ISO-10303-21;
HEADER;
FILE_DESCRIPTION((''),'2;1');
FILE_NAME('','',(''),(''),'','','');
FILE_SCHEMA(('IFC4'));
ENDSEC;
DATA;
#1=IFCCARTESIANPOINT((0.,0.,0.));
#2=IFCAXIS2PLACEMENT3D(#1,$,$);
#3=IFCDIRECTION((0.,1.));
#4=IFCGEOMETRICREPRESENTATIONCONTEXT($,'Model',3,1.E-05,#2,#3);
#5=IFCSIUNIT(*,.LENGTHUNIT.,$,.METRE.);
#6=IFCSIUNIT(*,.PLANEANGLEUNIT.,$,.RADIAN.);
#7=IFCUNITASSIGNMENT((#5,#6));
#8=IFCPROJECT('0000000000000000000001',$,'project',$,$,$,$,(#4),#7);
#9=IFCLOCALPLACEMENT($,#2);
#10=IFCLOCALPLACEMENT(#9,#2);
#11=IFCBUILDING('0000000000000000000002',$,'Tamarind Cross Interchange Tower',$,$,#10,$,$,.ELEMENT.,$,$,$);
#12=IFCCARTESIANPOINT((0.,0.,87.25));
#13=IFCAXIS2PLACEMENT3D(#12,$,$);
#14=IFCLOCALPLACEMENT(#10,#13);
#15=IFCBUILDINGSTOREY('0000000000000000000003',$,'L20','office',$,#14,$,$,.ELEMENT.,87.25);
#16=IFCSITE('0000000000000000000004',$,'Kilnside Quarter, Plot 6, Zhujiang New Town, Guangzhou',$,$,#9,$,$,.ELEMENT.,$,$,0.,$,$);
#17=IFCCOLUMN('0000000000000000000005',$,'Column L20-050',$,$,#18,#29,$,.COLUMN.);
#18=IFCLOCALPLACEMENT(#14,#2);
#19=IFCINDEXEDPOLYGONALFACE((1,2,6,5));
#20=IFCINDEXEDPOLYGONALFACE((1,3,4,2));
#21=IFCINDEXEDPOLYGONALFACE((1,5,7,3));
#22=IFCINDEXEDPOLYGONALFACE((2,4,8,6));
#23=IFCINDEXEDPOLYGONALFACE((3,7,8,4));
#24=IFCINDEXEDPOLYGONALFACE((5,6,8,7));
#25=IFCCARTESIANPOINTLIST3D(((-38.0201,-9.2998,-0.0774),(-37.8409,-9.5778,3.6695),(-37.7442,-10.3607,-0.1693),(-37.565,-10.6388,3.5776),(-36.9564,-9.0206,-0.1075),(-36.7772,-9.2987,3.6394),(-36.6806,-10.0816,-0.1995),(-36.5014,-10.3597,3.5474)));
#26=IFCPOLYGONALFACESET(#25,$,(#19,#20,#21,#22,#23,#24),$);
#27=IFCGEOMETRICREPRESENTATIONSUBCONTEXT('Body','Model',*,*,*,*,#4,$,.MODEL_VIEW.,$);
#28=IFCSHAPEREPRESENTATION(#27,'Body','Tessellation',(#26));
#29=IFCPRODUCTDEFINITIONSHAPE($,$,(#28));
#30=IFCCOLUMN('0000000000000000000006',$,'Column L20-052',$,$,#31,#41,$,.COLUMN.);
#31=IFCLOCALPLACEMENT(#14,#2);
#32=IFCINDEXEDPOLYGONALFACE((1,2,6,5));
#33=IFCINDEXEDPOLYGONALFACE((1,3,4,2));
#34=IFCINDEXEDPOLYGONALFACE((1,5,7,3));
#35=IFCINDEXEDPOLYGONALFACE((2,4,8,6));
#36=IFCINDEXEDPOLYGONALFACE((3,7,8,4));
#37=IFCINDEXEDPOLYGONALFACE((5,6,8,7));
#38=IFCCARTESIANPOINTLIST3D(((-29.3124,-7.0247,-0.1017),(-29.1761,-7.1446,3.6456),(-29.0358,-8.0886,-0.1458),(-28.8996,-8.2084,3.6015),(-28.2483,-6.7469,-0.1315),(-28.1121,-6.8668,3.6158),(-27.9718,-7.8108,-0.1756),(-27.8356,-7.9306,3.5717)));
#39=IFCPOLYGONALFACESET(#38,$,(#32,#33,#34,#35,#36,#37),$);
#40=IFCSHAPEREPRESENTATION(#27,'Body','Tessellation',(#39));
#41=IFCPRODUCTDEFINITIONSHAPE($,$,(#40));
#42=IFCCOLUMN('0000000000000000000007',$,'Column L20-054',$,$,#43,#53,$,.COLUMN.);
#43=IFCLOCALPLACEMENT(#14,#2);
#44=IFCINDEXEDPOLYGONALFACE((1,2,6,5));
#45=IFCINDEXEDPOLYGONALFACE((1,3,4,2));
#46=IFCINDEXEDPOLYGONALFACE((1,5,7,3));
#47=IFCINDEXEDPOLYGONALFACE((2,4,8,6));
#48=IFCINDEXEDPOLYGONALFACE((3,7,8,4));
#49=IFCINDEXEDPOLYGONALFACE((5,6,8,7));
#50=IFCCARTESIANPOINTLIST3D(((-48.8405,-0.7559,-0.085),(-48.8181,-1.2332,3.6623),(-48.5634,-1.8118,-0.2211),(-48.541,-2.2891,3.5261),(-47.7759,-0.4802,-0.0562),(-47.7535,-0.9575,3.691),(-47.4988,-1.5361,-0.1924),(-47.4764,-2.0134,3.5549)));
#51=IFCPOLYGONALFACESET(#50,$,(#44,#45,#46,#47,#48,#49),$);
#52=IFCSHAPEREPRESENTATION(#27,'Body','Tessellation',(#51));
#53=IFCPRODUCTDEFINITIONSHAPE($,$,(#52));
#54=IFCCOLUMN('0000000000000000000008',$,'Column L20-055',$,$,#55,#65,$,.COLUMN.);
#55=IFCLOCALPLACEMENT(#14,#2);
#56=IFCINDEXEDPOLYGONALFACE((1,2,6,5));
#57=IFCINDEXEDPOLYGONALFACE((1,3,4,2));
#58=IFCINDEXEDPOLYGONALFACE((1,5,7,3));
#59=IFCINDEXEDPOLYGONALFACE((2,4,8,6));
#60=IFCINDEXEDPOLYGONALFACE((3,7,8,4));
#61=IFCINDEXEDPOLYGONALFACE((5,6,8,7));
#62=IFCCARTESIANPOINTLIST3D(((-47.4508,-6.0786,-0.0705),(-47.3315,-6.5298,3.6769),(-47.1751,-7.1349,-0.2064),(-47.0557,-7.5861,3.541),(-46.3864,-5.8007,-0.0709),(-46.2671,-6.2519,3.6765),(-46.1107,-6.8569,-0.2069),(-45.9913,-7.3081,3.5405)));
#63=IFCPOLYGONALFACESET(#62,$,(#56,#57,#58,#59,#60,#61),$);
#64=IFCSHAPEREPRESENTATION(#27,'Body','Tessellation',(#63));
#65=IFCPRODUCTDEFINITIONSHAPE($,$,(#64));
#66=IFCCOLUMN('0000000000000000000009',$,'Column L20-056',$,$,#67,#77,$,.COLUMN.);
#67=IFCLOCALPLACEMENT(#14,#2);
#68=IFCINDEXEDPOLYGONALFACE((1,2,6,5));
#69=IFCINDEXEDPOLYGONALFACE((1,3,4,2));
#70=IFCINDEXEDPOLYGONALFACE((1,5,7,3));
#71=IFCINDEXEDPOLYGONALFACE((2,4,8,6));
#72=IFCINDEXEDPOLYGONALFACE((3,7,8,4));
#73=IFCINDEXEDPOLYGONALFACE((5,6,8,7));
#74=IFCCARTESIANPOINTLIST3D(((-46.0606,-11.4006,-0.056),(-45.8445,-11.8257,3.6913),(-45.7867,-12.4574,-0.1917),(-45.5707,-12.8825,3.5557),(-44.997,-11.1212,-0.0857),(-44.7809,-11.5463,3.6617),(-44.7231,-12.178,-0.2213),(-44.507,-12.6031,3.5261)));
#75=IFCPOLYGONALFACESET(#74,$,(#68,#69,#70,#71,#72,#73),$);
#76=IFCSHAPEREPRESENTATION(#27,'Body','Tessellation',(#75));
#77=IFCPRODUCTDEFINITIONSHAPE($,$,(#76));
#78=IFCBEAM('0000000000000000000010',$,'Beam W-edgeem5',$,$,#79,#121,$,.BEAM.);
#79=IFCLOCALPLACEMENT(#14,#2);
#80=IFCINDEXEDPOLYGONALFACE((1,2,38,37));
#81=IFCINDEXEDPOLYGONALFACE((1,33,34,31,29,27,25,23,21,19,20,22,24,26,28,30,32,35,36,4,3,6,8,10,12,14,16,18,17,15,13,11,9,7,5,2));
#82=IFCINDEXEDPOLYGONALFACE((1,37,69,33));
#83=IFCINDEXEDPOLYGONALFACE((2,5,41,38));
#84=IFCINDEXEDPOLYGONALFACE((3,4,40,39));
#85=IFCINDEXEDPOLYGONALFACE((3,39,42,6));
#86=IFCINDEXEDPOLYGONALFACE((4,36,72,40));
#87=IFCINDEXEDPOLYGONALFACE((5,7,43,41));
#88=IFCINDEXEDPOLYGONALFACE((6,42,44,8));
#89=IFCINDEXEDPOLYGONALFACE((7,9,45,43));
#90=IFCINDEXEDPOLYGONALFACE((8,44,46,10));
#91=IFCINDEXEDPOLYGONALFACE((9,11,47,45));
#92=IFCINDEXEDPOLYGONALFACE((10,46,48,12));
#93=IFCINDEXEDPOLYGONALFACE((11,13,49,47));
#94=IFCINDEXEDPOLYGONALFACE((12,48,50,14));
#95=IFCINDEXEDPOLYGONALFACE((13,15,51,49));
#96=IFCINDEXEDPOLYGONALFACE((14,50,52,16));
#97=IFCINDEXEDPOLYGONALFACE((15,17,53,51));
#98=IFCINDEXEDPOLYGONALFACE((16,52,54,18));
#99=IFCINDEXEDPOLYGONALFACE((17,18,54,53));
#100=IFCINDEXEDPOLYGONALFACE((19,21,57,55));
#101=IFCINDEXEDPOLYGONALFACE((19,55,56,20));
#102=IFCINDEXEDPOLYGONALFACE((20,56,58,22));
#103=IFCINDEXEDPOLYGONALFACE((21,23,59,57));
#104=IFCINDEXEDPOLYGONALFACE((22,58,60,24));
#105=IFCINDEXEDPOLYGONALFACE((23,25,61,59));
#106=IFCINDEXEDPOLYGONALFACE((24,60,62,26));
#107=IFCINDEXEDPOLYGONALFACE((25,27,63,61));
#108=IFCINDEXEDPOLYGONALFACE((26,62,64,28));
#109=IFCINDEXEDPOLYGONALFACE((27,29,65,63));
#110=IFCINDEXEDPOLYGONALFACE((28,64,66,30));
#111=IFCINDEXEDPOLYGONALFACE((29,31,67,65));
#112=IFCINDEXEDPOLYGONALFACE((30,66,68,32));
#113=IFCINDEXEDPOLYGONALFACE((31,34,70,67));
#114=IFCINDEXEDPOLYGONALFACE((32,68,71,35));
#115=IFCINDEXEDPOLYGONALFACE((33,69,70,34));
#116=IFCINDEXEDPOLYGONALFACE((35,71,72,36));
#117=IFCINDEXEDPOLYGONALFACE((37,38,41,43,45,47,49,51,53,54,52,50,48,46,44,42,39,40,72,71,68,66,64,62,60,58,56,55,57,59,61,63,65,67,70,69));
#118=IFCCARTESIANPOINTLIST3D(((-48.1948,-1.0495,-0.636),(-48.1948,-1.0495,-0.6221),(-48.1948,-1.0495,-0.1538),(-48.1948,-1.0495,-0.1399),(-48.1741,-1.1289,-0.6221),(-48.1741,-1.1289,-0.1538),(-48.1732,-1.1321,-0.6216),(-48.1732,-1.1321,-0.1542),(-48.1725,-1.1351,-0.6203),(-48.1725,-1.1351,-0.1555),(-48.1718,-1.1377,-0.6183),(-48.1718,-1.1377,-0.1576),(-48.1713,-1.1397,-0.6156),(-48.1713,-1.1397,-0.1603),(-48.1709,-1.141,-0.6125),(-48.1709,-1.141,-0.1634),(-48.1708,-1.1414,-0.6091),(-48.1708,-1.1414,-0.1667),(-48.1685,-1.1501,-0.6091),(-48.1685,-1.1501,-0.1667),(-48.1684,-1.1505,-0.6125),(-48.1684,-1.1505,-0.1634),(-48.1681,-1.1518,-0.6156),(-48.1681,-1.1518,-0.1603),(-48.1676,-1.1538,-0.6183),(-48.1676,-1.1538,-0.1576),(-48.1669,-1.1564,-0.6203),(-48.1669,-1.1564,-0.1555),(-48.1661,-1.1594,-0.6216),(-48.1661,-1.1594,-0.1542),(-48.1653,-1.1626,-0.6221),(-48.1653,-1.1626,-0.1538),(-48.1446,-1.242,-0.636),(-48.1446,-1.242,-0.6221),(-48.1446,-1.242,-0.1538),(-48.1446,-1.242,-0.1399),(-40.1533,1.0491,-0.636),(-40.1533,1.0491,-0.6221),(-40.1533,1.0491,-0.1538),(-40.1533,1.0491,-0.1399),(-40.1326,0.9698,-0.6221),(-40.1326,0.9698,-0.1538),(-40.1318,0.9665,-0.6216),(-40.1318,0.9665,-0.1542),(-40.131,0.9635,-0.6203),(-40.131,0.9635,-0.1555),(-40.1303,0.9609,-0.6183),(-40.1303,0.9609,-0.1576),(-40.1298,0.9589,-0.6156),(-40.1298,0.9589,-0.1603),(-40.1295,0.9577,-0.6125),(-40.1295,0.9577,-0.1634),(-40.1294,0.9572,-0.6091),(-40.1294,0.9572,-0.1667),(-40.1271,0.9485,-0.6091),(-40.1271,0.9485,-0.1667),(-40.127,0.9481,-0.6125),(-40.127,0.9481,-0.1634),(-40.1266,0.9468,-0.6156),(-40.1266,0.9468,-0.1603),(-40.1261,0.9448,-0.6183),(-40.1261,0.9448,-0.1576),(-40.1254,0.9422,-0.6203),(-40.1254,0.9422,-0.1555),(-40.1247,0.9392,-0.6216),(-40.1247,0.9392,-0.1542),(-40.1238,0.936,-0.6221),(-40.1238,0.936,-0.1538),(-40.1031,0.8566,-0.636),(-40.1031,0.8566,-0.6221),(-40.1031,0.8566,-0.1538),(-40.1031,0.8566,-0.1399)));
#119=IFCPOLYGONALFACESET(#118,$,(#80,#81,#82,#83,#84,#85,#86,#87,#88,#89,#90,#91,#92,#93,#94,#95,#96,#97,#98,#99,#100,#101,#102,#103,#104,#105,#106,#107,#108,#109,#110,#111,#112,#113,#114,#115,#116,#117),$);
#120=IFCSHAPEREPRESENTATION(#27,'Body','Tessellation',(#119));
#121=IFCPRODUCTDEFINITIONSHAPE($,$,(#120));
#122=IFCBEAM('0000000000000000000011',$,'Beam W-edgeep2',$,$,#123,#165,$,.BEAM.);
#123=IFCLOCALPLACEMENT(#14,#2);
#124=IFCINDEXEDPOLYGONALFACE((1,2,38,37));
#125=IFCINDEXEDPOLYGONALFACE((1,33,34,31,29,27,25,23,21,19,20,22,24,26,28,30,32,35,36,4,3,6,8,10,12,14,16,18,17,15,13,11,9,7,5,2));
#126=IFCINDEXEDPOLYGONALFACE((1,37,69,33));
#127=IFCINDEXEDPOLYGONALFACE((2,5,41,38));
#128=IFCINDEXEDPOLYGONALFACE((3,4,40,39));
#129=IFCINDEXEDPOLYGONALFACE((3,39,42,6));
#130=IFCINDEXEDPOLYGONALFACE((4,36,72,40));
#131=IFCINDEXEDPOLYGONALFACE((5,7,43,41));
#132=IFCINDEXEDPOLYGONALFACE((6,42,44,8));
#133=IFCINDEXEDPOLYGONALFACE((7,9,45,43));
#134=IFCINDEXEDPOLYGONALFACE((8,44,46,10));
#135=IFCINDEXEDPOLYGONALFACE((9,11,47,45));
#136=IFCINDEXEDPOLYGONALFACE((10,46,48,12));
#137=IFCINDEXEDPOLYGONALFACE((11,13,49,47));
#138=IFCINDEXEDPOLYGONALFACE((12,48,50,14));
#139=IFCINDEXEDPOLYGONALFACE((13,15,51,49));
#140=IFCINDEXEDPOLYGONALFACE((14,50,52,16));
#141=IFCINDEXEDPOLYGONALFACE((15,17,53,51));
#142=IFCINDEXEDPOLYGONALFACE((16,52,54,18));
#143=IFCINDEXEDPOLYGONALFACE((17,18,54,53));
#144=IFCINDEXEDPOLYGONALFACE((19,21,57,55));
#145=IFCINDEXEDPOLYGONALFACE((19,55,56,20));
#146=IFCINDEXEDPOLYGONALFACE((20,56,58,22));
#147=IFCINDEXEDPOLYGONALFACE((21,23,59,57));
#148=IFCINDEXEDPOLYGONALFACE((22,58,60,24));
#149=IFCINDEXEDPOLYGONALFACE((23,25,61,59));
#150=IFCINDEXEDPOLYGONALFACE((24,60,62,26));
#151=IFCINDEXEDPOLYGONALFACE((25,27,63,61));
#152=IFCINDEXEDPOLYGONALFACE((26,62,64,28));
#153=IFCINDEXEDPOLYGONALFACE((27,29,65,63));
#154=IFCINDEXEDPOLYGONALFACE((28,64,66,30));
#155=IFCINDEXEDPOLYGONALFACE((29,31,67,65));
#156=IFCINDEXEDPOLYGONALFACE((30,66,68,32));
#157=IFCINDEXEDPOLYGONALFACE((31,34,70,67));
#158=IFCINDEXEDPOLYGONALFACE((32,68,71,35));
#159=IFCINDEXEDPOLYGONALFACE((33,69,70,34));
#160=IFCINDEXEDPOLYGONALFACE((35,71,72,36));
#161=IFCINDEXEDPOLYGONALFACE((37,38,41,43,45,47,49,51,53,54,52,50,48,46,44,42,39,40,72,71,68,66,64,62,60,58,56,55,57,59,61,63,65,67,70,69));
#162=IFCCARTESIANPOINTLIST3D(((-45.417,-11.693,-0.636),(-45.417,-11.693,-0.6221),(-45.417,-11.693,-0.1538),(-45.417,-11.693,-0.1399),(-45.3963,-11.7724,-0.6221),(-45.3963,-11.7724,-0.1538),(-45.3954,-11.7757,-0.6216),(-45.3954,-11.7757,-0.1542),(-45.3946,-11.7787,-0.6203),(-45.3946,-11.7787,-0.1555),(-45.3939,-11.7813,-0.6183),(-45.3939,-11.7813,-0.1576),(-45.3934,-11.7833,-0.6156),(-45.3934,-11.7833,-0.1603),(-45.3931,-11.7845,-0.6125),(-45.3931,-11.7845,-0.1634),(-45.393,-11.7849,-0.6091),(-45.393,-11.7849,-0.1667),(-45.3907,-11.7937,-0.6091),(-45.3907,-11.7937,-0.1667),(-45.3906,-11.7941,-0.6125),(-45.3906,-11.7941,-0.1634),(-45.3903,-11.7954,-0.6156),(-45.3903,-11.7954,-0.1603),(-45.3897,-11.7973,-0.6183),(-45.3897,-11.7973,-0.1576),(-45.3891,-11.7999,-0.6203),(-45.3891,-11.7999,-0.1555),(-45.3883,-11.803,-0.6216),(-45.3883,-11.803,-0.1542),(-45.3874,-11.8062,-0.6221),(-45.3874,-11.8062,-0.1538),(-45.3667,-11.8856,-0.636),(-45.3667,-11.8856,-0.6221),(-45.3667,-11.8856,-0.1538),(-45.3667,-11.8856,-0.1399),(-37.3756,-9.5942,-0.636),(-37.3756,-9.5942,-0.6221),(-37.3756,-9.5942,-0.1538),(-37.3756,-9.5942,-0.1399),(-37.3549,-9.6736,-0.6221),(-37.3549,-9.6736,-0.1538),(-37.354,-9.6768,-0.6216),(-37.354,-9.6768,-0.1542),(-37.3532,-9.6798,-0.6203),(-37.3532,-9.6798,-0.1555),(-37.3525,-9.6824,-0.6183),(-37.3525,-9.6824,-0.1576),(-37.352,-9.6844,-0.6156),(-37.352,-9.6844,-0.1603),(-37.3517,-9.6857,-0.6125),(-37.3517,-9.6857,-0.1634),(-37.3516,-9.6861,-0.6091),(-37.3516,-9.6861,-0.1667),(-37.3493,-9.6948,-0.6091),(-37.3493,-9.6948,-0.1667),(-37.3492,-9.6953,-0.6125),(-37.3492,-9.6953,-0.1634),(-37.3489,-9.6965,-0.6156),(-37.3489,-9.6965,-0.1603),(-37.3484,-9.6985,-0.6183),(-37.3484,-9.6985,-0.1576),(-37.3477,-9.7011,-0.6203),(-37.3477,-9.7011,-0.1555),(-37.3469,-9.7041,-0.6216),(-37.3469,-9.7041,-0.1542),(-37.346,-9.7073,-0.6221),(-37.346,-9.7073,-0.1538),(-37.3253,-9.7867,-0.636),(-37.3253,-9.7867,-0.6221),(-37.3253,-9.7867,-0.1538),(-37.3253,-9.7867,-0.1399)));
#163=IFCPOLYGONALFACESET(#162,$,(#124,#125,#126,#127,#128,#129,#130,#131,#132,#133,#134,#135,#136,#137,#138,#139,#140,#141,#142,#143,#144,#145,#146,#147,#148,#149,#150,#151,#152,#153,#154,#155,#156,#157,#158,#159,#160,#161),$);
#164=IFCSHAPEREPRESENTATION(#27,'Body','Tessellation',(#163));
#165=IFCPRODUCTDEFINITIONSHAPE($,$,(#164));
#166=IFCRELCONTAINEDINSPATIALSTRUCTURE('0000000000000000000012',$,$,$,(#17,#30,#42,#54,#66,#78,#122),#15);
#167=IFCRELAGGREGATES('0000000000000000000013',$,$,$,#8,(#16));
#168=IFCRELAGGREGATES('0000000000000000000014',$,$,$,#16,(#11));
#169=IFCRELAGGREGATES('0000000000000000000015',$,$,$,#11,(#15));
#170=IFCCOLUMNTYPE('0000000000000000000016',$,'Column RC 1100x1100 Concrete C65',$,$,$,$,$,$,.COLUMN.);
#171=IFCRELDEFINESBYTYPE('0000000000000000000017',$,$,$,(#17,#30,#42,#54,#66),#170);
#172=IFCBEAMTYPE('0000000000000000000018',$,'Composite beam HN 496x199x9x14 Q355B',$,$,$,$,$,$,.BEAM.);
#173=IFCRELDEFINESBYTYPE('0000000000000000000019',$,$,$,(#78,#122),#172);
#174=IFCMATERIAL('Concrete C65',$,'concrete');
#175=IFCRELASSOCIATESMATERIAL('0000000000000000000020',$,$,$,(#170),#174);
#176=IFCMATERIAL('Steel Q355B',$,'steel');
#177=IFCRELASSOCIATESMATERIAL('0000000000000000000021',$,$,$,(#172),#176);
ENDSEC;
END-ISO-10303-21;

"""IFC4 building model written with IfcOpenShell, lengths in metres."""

from ifc_helpers import new_model, si_unit, direction, frame, origin, origin_2d, place, context, subcontext, project, spatial, rectangle, i_section, extrude, material, material_profile, profile_set, type_object, element, save


model = new_model("IFC4")

# Units and contexts
model_context = context("Model", 3, precision=1e-05, world=origin(), true_north=direction((0.0, 1.0)))
body_context = subcontext(model_context, "Body", "Model", "MODEL_VIEW")
ifc_project = project(units=[si_unit("LENGTHUNIT", "METRE"), si_unit("PLANEANGLEUNIT", "RADIAN")], contexts=[model_context])

# Site, building, storey
site_placement = place(None, origin())
site = spatial("IfcSite", under=ifc_project, at=site_placement, Name="Kilnside Quarter, Plot 6, Zhujiang New Town, Guangzhou", CompositionType="ELEMENT", RefElevation=0.0)
building_placement = place(site_placement, origin())
building = spatial("IfcBuilding", under=site, at=building_placement, Name="Tamarind Cross Interchange Tower", CompositionType="ELEMENT")
storey_placement = place(building_placement, frame((0.0, 0.0, 87.25)))
storey = spatial("IfcBuildingStorey", under=building, at=storey_placement, Name="L20", Description="office", CompositionType="ELEMENT", Elevation=87.25)

# Columns
ifc_material_1 = material(Name="Concrete C65", Category="concrete")
ifc_material_profile_1 = material_profile(ifc_material_1, rectangle(XDim=1.1001, YDim=1.1001, at=origin_2d()), Name="RC 1100x1100")
ifc_profile_set_1 = profile_set([ifc_material_profile_1], Name="Concrete C65")
column_type = type_object("IfcColumnType", Name="Column RC 1100x1100 Concrete C65", PredefinedType="COLUMN", material=ifc_profile_set_1)
column_1_placement = place(storey_placement, frame((-37.3503, -9.6907, -0.1384), z_axis=(0.047642, -0.073929, 0.996125), x_axis=(-0.250748, 0.964438, 0.08357)))
element("IfcColumn", 1, at=column_1_placement, inside=storey, type_object=column_type, Name="Column L20-050", PredefinedType="COLUMN", context=body_context, shape_type="SweptSolid", body=[
    extrude(rectangle(XDim=1.1001, YDim=1.1001, at=origin_2d()), origin(), (0.0, 0.0, 1.0), 3.7615),
])
column_2_placement = place(storey_placement, frame((-28.6421, -7.4177, -0.1387), z_axis=(0.036312, -0.031952, 0.99883), x_axis=(-0.25137, 0.967061, 0.040074)))
element("IfcColumn", 2, at=column_2_placement, inside=storey, type_object=column_type, Name="Column L20-052", PredefinedType="COLUMN", context=body_context, shape_type="SweptSolid", body=[
    extrude(rectangle(XDim=1.1001, YDim=1.1001, at=origin_2d()), origin(), (0.0, 0.0, 1.0), 3.7517),
])
column_3_placement = place(storey_placement, frame((-48.1697, -1.146, -0.1387), z_axis=(0.005946, -0.126347, 0.991968), x_axis=(0.967738, 0.2506, 0.026118)))
element("IfcColumn", 3, at=column_3_placement, inside=storey, type_object=column_type, Name="Column L20-054", PredefinedType="COLUMN", context=body_context, shape_type="SweptSolid", body=[
    extrude(rectangle(XDim=1.1001, YDim=1.1001, at=origin_2d()), origin(), (0.0, 0.0, 1.0), 3.7776),
])
column_4_placement = place(storey_placement, frame((-46.7808, -6.4678, -0.1387), z_axis=(0.031615, -0.119476, 0.992334), x_axis=(-0.250677, 0.96015, 0.123587)))
element("IfcColumn", 4, at=column_4_placement, inside=storey, type_object=column_type, Name="Column L20-055", PredefinedType="COLUMN", context=body_context, shape_type="SweptSolid", body=[
    extrude(rectangle(XDim=1.1001, YDim=1.1001, at=origin_2d()), origin(), (0.0, 0.0, 1.0), 3.7764),
])
column_5_placement = place(storey_placement, frame((-45.3918, -11.7893, -0.1387), z_axis=(0.057197, -0.11252, 0.992002), x_axis=(-0.24893, 0.960639, 0.123316)))
element("IfcColumn", 5, at=column_5_placement, inside=storey, type_object=column_type, Name="Column L20-056", PredefinedType="COLUMN", context=body_context, shape_type="SweptSolid", body=[
    extrude(rectangle(XDim=1.1001, YDim=1.1001, at=origin_2d()), origin(), (0.0, 0.0, 1.0), 3.7776),
])

# Beams
ifc_material_2 = material(Name="Steel Q355B", Category="steel")
ifc_material_profile_2 = material_profile(ifc_material_2, i_section(OverallWidth=0.199, OverallDepth=0.4961, WebThickness=0.009, FlangeThickness=0.0139, FilletRadius=0.0129, at=origin_2d()), Name="HN 496x199x9x14")
ifc_profile_set_2 = profile_set([ifc_material_profile_2], Name="Steel Q355B")
beam_type_1 = type_object("IfcBeamType", Name="Composite beam HN 496x199x9x14 Q355B", PredefinedType="BEAM", material=ifc_profile_set_2)
for number, where, z_axis, x_axis, name in (
    (6, (-48.1697, -1.1458, -0.3879), (0.967592, 0.252518, 0.0), (-0.252518, 0.967592, 0.0), "Beam W-edgeem5"),
    (7, (-45.3918, -11.7893, -0.3879), (0.967585, 0.252545, 0.0), (-0.252545, 0.967585, 0.0), "Beam W-edgeep2"),
):
    element("IfcBeam", number, at=place(storey_placement, frame(where, z_axis=z_axis, x_axis=x_axis)), inside=storey, type_object=beam_type_1, Name=name, PredefinedType="BEAM", context=body_context, shape_type="SweptSolid", body=[
        extrude(i_section(OverallWidth=0.199, OverallDepth=0.4961, WebThickness=0.009, FlangeThickness=0.0139, FilletRadius=0.0129, at=origin_2d()), origin(), (0.0, 0.0, 1.0), 8.3108),
    ])

save(model, "model.ifc")
